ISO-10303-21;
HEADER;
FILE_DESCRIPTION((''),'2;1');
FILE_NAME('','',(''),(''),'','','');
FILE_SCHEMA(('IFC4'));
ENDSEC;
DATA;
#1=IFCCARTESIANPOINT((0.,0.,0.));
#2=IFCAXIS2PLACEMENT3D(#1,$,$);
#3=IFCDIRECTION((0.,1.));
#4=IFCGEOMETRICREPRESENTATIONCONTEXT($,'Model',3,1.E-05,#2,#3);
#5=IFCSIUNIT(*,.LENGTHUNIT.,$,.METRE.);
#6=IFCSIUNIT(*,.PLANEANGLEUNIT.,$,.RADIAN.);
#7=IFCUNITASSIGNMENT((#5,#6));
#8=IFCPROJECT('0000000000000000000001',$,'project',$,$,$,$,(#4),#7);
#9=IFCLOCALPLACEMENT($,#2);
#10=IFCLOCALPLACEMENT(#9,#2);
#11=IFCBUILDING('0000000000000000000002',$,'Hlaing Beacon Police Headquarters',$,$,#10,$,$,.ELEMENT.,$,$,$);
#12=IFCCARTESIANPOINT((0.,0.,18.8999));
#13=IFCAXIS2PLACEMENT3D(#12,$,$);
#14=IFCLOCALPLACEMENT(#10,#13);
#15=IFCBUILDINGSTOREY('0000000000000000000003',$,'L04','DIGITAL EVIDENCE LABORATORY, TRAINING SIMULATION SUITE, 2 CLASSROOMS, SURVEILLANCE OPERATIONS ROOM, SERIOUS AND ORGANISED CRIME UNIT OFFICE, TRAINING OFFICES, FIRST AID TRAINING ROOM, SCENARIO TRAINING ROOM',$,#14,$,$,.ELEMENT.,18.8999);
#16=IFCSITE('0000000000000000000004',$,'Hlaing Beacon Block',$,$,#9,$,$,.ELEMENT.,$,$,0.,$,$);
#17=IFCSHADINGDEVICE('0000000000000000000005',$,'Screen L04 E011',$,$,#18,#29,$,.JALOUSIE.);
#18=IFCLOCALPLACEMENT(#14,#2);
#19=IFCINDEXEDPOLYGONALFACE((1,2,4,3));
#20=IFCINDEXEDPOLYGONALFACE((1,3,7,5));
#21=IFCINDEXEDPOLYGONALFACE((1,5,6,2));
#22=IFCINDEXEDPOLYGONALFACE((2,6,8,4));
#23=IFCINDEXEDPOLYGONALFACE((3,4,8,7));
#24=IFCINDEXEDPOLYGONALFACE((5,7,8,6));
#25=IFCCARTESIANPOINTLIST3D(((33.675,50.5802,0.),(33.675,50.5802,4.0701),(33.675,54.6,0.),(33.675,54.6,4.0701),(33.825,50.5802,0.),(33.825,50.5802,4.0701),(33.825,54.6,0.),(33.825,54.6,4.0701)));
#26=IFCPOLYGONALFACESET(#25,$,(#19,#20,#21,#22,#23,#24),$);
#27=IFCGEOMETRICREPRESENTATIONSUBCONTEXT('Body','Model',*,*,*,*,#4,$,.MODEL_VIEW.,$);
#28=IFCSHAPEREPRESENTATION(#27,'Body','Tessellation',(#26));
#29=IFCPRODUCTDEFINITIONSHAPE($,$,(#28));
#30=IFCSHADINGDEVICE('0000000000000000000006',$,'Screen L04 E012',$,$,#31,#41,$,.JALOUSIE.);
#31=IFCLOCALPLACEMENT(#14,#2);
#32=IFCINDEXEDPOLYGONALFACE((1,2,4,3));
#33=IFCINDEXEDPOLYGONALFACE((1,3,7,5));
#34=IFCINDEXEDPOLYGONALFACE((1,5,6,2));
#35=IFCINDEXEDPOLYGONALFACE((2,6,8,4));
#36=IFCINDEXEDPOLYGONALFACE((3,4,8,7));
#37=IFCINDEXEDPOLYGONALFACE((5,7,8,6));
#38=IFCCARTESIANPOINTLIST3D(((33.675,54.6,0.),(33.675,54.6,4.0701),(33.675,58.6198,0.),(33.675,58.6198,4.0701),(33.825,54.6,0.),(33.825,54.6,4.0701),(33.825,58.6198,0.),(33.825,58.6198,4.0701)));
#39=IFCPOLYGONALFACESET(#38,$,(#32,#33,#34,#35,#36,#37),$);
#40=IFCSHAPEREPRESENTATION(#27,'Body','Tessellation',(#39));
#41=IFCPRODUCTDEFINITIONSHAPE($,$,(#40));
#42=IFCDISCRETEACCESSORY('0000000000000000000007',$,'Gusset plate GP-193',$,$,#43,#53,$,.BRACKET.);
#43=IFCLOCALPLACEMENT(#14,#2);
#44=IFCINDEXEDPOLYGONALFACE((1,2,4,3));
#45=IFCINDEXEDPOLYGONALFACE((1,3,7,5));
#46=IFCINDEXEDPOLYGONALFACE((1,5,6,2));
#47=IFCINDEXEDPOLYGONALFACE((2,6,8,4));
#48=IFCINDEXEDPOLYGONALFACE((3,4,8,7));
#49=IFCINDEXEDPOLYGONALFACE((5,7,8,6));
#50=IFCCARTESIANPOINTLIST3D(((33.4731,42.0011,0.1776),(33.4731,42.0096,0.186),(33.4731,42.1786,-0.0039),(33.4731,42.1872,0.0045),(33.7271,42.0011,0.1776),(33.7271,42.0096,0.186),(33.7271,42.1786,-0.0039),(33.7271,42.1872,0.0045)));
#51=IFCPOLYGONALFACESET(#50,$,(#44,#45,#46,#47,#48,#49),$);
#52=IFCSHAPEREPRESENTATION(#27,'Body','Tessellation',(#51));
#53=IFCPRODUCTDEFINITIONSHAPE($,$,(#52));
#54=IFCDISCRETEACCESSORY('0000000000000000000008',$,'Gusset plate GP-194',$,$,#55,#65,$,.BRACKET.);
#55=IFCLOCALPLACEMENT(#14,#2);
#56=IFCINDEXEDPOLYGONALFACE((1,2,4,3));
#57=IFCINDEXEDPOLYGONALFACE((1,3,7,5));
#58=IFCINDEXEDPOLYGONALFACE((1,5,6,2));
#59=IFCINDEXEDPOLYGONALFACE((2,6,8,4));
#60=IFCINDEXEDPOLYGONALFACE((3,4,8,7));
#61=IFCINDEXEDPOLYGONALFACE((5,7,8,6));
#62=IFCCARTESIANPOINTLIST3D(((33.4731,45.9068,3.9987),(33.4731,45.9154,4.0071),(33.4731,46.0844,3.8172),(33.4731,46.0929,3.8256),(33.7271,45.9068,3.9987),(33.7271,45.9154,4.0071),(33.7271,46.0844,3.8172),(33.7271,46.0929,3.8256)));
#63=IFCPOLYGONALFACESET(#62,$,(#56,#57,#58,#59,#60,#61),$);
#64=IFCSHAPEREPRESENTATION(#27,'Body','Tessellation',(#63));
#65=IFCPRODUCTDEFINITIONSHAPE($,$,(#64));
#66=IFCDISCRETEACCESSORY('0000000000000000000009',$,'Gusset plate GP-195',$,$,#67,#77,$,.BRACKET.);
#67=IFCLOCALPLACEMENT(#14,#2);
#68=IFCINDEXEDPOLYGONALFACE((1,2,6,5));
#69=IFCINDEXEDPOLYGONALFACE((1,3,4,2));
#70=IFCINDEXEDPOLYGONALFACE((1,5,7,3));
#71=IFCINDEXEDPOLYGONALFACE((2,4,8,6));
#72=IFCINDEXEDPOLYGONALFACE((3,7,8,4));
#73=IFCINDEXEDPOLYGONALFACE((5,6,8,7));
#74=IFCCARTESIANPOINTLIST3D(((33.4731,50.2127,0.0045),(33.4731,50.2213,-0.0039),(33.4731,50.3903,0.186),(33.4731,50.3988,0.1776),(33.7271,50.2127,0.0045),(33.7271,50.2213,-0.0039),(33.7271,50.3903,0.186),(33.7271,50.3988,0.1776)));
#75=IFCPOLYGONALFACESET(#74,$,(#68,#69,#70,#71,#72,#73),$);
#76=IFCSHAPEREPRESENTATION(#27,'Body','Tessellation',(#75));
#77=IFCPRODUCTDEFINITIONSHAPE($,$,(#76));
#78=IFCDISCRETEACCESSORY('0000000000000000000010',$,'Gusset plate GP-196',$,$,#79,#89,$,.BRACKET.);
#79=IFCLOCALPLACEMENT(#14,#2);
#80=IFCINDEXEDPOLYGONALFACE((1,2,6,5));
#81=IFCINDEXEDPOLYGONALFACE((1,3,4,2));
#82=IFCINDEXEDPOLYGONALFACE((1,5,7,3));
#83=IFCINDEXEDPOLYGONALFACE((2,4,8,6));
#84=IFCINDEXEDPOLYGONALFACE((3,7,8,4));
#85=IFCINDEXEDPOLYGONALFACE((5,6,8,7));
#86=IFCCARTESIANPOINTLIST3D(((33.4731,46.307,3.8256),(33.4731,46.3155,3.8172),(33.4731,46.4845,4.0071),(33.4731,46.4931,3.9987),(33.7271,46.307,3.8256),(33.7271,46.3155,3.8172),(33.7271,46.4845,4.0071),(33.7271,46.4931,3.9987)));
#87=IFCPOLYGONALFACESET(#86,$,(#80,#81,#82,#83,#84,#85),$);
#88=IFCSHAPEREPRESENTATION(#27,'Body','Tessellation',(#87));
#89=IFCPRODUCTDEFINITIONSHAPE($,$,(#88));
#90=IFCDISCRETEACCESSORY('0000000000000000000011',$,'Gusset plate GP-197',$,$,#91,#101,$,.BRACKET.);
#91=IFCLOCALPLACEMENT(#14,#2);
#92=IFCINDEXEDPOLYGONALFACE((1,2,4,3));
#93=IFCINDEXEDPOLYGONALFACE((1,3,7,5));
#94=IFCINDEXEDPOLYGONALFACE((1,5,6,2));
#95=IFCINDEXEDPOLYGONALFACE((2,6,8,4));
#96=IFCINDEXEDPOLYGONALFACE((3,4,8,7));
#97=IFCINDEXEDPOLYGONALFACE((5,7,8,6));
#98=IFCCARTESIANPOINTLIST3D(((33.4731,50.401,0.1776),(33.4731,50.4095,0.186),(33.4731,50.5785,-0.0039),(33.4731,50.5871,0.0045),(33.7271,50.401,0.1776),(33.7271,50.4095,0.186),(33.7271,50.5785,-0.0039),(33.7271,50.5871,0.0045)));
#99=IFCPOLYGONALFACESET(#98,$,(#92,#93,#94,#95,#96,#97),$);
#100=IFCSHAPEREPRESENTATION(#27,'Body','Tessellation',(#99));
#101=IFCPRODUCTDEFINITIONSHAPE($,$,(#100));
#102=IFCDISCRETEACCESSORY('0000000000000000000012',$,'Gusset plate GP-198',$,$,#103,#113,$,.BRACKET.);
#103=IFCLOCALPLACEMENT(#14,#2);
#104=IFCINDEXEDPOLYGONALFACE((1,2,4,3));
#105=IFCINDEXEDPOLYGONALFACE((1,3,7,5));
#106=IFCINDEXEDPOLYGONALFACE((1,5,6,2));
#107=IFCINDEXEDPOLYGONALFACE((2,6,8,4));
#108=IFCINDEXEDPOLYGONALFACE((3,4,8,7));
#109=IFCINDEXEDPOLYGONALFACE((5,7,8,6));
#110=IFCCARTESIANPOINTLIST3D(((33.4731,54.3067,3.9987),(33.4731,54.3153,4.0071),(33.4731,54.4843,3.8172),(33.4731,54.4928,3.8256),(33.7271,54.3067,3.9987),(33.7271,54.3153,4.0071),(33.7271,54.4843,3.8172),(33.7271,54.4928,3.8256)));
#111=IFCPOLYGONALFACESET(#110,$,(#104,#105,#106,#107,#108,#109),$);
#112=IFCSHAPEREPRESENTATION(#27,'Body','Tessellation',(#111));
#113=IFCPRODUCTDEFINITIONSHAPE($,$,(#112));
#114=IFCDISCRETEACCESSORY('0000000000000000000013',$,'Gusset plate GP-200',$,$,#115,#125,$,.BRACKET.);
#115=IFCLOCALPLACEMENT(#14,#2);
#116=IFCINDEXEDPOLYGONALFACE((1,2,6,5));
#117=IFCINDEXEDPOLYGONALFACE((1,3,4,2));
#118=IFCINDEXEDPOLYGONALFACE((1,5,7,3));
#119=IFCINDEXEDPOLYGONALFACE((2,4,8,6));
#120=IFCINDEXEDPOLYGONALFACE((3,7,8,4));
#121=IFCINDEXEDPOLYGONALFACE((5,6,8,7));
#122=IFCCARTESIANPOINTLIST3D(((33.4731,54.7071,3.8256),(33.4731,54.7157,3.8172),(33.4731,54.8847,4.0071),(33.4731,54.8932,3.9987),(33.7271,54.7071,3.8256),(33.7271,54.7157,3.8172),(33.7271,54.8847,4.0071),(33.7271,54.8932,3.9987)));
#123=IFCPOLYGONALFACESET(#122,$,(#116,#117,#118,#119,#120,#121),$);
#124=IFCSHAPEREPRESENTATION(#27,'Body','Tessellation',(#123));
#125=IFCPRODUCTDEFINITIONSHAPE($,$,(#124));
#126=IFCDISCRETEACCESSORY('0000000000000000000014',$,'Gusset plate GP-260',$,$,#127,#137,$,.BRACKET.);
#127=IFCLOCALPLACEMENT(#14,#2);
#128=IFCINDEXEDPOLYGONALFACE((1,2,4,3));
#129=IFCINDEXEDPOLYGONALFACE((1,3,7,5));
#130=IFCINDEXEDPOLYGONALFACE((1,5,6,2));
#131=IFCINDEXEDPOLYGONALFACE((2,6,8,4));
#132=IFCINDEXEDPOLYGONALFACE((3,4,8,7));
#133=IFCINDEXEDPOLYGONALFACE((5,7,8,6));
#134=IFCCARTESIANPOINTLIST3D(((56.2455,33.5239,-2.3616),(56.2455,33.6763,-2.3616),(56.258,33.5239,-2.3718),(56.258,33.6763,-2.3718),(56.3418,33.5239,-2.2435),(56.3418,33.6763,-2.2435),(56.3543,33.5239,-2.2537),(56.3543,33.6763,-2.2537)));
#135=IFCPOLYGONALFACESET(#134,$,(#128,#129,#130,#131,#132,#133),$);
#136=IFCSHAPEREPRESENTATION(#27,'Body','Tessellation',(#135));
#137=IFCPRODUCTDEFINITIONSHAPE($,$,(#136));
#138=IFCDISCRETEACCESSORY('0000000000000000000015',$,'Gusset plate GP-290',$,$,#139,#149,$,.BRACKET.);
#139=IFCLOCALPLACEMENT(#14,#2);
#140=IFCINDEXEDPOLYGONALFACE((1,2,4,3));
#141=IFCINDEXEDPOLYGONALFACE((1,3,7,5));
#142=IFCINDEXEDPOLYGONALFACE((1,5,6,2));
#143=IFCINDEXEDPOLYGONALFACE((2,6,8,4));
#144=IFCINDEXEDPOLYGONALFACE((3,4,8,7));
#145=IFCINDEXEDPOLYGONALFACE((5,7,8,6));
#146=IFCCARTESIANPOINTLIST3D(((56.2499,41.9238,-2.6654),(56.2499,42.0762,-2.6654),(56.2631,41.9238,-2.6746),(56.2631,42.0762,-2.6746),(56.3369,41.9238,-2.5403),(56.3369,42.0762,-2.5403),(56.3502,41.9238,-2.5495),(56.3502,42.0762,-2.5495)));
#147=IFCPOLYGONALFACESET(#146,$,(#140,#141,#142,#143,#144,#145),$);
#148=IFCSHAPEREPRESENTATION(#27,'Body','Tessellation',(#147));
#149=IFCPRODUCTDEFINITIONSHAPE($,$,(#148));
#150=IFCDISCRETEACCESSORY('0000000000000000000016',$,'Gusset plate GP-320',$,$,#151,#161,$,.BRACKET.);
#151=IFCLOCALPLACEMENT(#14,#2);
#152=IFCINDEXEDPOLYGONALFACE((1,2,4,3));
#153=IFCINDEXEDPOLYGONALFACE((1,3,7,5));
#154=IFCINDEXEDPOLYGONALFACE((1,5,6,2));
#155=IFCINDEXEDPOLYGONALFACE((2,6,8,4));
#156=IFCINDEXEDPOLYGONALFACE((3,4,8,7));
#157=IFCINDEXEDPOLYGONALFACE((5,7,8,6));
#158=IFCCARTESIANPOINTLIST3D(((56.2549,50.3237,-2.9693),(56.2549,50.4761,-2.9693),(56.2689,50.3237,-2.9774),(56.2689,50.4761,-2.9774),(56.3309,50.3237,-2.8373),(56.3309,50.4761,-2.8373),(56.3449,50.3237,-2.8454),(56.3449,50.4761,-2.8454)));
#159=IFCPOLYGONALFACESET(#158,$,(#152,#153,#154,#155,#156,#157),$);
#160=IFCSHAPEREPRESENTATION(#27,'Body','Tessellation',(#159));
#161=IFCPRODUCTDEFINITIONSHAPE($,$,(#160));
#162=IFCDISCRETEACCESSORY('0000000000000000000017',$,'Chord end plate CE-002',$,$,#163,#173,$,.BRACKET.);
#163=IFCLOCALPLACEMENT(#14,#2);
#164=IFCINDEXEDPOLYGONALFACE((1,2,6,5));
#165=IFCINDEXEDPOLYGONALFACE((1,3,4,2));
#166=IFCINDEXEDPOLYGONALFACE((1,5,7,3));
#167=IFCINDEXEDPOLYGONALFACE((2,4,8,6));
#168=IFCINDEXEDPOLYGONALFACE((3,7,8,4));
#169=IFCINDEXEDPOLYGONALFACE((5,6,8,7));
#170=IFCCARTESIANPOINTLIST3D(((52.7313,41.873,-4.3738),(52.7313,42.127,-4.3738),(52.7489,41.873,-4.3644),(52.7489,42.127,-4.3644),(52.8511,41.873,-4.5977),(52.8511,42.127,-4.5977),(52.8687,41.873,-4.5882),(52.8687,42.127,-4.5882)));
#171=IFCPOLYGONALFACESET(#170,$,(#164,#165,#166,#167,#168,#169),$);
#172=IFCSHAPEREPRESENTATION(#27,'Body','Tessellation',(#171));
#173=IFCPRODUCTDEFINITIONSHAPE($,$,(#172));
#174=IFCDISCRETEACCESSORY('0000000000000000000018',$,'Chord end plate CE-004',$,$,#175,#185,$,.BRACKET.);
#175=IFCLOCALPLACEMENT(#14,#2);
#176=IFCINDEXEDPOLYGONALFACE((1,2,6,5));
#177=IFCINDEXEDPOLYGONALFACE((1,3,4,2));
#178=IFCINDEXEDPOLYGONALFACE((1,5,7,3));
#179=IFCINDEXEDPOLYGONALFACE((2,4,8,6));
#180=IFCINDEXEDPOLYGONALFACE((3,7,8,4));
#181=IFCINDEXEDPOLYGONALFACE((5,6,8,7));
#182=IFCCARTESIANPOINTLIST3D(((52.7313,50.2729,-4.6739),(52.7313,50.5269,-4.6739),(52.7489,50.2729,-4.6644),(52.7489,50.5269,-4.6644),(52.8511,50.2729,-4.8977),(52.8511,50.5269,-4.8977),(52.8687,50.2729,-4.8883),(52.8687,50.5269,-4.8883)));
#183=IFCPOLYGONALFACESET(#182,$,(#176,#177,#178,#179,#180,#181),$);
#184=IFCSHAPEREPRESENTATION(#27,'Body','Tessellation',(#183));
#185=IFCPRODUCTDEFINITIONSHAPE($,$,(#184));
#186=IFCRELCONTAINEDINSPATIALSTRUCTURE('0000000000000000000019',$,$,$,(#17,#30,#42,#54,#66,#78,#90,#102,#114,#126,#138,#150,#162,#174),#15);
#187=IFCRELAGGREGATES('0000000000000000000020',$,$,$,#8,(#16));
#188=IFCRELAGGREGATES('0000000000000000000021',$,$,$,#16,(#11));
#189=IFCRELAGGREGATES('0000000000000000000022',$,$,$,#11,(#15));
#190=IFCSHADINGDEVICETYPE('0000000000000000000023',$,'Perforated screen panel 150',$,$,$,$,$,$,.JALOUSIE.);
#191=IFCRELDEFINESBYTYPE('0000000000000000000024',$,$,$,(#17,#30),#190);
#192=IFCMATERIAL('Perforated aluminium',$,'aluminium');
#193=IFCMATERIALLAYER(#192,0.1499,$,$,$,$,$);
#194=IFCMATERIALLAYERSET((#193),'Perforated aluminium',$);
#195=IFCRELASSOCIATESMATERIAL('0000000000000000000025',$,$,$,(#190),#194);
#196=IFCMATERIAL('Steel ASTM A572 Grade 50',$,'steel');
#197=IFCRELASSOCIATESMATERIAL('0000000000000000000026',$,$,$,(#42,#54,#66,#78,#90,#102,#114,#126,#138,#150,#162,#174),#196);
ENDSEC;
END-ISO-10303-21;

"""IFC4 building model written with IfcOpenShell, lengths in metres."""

from ifc_helpers import new_model, si_unit, direction, frame, origin, origin_2d, place, context, subcontext, project, spatial, rectangle, extrude, material, layer, layer_set, type_object, element, save


model = new_model("IFC4")

# Units and contexts
model_context = context("Model", 3, precision=1e-05, world=origin(), true_north=direction((0.0, 1.0)))
body_context = subcontext(model_context, "Body", "Model", "MODEL_VIEW")
ifc_project = project(units=[si_unit("LENGTHUNIT", "METRE"), si_unit("PLANEANGLEUNIT", "RADIAN")], contexts=[model_context])

# Site, building, storey
site_placement = place(None, origin())
site = spatial("IfcSite", under=ifc_project, at=site_placement, Name="Hlaing Beacon Block", CompositionType="ELEMENT", RefElevation=0.0)
building_placement = place(site_placement, origin())
building = spatial("IfcBuilding", under=site, at=building_placement, Name="Hlaing Beacon Police Headquarters", CompositionType="ELEMENT")
storey_placement = place(building_placement, frame((0.0, 0.0, 18.8999)))
storey = spatial("IfcBuildingStorey", under=building, at=storey_placement, Name="L04", Description="DIGITAL EVIDENCE LABORATORY, TRAINING SIMULATION SUITE, 2 CLASSROOMS, SURVEILLANCE OPERATIONS ROOM, SERIOUS AND ORGANISED CRIME UNIT OFFICE, TRAINING OFFICES, FIRST AID TRAINING ROOM, SCENARIO TRAINING ROOM", CompositionType="ELEMENT", Elevation=18.8999)

# Shading devices
ifc_material_1 = material(Name="Perforated aluminium", Category="aluminium")
ifc_layer_1 = layer(ifc_material_1, 0.1499)
ifc_layer_set_1 = layer_set([ifc_layer_1], Name="Perforated aluminium")
shading_device_type = type_object("IfcShadingDeviceType", Name="Perforated screen panel 150", PredefinedType="JALOUSIE", material=ifc_layer_set_1)
for number, where, z_axis, x_axis, name in (
    (1, (33.75, 52.5901, 0.0), (0.0, 0.0, 1.0), (0.0, 1.0, 0.0), "Screen L04 E011"),
    (2, (33.75, 56.6099, 0.0), (0.0, 0.0, 1.0), (0.0, 1.0, 0.0), "Screen L04 E012"),
):
    element("IfcShadingDevice", number, at=place(storey_placement, frame(where, z_axis=z_axis, x_axis=x_axis)), inside=storey, type_object=shading_device_type, Name=name, PredefinedType="JALOUSIE", context=body_context, shape_type="SweptSolid", body=[
        extrude(rectangle(XDim=4.0198, YDim=0.1499, at=origin_2d()), origin(), (0.0, 0.0, 1.0), 4.0701),
    ])

# Discrete accessories
ifc_material_2 = material(Name="Steel ASTM A572 Grade 50", Category="steel")
for number, where, z_axis, x_axis, name in (
    (3, (33.6001, 42.0984, 0.0952), (0.0, -0.714838, -0.69929), (1.0, 0.0, 0.0), "Gusset plate GP-193"),
    (4, (33.6001, 45.9956, 3.908), (0.0, 0.714838, 0.69929), (-1.0, 0.0, 0.0), "Gusset plate GP-194"),
    (5, (33.6001, 50.3015, 0.0952), (0.0, 0.714838, -0.69929), (-1.0, 0.0, 0.0), "Gusset plate GP-195"),
    (6, (33.6001, 46.4043, 3.908), (0.0, -0.714838, 0.69929), (1.0, 0.0, 0.0), "Gusset plate GP-196"),
    (7, (33.6001, 50.4983, 0.0952), (0.0, -0.714838, -0.69929), (1.0, 0.0, 0.0), "Gusset plate GP-197"),
    (8, (33.6001, 54.3955, 3.908), (0.0, 0.714838, 0.69929), (-1.0, 0.0, 0.0), "Gusset plate GP-198"),
    (9, (33.6001, 54.8044, 3.908), (0.0, -0.714838, 0.69929), (1.0, 0.0, 0.0), "Gusset plate GP-200"),
):
    element("IfcDiscreteAccessory", number, at=place(storey_placement, frame(where, z_axis=z_axis, x_axis=x_axis)), inside=storey, material=ifc_material_2, Name=name, PredefinedType="BRACKET", context=body_context, shape_type="SweptSolid", body=[
        extrude(rectangle(XDim=0.2539, YDim=0.2539, at=origin_2d()), origin(), (0.0, 0.0, 1.0), 0.012),
    ])
for number, where, z_axis, x_axis, name in (
    (10, (56.3062, 33.6001, -2.3127), (-0.774816, 0.0, 0.632187), (0.0, -1.0, 0.0), "Gusset plate GP-260"),
    (11, (56.3066, 42.0, -2.6121), (-0.820773, 0.0, 0.571255), (0.0, -1.0, 0.0), "Gusset plate GP-290"),
    (12, (56.3069, 50.3999, -2.9114), (-0.86654, 0.0, 0.499107), (0.0, -1.0, 0.0), "Gusset plate GP-320"),
):
    element("IfcDiscreteAccessory", number, at=place(storey_placement, frame(where, z_axis=z_axis, x_axis=x_axis)), inside=storey, material=ifc_material_2, Name=name, PredefinedType="BRACKET", context=body_context, shape_type="SweptSolid", body=[
        extrude(rectangle(XDim=0.1523, YDim=0.1523, at=origin_2d()), origin(), (0.0, 0.0, 1.0), 0.0161),
    ])
for number, where, z_axis, x_axis, name in (
    (13, (52.8088, 42.0, -4.4763), (-0.88164, 0.0, -0.471923), (0.0, -1.0, 0.0), "Chord end plate CE-002"),
    (14, (52.8088, 50.3999, -4.7764), (-0.88164, 0.0, -0.471923), (0.0, -1.0, 0.0), "Chord end plate CE-004"),
):
    element("IfcDiscreteAccessory", number, at=place(storey_placement, frame(where, z_axis=z_axis, x_axis=x_axis)), inside=storey, material=ifc_material_2, Name=name, PredefinedType="BRACKET", context=body_context, shape_type="SweptSolid", body=[
        extrude(rectangle(XDim=0.2539, YDim=0.2539, at=origin_2d()), origin(), (0.0, 0.0, 1.0), 0.02),
    ])

save(model, "model.ifc")
